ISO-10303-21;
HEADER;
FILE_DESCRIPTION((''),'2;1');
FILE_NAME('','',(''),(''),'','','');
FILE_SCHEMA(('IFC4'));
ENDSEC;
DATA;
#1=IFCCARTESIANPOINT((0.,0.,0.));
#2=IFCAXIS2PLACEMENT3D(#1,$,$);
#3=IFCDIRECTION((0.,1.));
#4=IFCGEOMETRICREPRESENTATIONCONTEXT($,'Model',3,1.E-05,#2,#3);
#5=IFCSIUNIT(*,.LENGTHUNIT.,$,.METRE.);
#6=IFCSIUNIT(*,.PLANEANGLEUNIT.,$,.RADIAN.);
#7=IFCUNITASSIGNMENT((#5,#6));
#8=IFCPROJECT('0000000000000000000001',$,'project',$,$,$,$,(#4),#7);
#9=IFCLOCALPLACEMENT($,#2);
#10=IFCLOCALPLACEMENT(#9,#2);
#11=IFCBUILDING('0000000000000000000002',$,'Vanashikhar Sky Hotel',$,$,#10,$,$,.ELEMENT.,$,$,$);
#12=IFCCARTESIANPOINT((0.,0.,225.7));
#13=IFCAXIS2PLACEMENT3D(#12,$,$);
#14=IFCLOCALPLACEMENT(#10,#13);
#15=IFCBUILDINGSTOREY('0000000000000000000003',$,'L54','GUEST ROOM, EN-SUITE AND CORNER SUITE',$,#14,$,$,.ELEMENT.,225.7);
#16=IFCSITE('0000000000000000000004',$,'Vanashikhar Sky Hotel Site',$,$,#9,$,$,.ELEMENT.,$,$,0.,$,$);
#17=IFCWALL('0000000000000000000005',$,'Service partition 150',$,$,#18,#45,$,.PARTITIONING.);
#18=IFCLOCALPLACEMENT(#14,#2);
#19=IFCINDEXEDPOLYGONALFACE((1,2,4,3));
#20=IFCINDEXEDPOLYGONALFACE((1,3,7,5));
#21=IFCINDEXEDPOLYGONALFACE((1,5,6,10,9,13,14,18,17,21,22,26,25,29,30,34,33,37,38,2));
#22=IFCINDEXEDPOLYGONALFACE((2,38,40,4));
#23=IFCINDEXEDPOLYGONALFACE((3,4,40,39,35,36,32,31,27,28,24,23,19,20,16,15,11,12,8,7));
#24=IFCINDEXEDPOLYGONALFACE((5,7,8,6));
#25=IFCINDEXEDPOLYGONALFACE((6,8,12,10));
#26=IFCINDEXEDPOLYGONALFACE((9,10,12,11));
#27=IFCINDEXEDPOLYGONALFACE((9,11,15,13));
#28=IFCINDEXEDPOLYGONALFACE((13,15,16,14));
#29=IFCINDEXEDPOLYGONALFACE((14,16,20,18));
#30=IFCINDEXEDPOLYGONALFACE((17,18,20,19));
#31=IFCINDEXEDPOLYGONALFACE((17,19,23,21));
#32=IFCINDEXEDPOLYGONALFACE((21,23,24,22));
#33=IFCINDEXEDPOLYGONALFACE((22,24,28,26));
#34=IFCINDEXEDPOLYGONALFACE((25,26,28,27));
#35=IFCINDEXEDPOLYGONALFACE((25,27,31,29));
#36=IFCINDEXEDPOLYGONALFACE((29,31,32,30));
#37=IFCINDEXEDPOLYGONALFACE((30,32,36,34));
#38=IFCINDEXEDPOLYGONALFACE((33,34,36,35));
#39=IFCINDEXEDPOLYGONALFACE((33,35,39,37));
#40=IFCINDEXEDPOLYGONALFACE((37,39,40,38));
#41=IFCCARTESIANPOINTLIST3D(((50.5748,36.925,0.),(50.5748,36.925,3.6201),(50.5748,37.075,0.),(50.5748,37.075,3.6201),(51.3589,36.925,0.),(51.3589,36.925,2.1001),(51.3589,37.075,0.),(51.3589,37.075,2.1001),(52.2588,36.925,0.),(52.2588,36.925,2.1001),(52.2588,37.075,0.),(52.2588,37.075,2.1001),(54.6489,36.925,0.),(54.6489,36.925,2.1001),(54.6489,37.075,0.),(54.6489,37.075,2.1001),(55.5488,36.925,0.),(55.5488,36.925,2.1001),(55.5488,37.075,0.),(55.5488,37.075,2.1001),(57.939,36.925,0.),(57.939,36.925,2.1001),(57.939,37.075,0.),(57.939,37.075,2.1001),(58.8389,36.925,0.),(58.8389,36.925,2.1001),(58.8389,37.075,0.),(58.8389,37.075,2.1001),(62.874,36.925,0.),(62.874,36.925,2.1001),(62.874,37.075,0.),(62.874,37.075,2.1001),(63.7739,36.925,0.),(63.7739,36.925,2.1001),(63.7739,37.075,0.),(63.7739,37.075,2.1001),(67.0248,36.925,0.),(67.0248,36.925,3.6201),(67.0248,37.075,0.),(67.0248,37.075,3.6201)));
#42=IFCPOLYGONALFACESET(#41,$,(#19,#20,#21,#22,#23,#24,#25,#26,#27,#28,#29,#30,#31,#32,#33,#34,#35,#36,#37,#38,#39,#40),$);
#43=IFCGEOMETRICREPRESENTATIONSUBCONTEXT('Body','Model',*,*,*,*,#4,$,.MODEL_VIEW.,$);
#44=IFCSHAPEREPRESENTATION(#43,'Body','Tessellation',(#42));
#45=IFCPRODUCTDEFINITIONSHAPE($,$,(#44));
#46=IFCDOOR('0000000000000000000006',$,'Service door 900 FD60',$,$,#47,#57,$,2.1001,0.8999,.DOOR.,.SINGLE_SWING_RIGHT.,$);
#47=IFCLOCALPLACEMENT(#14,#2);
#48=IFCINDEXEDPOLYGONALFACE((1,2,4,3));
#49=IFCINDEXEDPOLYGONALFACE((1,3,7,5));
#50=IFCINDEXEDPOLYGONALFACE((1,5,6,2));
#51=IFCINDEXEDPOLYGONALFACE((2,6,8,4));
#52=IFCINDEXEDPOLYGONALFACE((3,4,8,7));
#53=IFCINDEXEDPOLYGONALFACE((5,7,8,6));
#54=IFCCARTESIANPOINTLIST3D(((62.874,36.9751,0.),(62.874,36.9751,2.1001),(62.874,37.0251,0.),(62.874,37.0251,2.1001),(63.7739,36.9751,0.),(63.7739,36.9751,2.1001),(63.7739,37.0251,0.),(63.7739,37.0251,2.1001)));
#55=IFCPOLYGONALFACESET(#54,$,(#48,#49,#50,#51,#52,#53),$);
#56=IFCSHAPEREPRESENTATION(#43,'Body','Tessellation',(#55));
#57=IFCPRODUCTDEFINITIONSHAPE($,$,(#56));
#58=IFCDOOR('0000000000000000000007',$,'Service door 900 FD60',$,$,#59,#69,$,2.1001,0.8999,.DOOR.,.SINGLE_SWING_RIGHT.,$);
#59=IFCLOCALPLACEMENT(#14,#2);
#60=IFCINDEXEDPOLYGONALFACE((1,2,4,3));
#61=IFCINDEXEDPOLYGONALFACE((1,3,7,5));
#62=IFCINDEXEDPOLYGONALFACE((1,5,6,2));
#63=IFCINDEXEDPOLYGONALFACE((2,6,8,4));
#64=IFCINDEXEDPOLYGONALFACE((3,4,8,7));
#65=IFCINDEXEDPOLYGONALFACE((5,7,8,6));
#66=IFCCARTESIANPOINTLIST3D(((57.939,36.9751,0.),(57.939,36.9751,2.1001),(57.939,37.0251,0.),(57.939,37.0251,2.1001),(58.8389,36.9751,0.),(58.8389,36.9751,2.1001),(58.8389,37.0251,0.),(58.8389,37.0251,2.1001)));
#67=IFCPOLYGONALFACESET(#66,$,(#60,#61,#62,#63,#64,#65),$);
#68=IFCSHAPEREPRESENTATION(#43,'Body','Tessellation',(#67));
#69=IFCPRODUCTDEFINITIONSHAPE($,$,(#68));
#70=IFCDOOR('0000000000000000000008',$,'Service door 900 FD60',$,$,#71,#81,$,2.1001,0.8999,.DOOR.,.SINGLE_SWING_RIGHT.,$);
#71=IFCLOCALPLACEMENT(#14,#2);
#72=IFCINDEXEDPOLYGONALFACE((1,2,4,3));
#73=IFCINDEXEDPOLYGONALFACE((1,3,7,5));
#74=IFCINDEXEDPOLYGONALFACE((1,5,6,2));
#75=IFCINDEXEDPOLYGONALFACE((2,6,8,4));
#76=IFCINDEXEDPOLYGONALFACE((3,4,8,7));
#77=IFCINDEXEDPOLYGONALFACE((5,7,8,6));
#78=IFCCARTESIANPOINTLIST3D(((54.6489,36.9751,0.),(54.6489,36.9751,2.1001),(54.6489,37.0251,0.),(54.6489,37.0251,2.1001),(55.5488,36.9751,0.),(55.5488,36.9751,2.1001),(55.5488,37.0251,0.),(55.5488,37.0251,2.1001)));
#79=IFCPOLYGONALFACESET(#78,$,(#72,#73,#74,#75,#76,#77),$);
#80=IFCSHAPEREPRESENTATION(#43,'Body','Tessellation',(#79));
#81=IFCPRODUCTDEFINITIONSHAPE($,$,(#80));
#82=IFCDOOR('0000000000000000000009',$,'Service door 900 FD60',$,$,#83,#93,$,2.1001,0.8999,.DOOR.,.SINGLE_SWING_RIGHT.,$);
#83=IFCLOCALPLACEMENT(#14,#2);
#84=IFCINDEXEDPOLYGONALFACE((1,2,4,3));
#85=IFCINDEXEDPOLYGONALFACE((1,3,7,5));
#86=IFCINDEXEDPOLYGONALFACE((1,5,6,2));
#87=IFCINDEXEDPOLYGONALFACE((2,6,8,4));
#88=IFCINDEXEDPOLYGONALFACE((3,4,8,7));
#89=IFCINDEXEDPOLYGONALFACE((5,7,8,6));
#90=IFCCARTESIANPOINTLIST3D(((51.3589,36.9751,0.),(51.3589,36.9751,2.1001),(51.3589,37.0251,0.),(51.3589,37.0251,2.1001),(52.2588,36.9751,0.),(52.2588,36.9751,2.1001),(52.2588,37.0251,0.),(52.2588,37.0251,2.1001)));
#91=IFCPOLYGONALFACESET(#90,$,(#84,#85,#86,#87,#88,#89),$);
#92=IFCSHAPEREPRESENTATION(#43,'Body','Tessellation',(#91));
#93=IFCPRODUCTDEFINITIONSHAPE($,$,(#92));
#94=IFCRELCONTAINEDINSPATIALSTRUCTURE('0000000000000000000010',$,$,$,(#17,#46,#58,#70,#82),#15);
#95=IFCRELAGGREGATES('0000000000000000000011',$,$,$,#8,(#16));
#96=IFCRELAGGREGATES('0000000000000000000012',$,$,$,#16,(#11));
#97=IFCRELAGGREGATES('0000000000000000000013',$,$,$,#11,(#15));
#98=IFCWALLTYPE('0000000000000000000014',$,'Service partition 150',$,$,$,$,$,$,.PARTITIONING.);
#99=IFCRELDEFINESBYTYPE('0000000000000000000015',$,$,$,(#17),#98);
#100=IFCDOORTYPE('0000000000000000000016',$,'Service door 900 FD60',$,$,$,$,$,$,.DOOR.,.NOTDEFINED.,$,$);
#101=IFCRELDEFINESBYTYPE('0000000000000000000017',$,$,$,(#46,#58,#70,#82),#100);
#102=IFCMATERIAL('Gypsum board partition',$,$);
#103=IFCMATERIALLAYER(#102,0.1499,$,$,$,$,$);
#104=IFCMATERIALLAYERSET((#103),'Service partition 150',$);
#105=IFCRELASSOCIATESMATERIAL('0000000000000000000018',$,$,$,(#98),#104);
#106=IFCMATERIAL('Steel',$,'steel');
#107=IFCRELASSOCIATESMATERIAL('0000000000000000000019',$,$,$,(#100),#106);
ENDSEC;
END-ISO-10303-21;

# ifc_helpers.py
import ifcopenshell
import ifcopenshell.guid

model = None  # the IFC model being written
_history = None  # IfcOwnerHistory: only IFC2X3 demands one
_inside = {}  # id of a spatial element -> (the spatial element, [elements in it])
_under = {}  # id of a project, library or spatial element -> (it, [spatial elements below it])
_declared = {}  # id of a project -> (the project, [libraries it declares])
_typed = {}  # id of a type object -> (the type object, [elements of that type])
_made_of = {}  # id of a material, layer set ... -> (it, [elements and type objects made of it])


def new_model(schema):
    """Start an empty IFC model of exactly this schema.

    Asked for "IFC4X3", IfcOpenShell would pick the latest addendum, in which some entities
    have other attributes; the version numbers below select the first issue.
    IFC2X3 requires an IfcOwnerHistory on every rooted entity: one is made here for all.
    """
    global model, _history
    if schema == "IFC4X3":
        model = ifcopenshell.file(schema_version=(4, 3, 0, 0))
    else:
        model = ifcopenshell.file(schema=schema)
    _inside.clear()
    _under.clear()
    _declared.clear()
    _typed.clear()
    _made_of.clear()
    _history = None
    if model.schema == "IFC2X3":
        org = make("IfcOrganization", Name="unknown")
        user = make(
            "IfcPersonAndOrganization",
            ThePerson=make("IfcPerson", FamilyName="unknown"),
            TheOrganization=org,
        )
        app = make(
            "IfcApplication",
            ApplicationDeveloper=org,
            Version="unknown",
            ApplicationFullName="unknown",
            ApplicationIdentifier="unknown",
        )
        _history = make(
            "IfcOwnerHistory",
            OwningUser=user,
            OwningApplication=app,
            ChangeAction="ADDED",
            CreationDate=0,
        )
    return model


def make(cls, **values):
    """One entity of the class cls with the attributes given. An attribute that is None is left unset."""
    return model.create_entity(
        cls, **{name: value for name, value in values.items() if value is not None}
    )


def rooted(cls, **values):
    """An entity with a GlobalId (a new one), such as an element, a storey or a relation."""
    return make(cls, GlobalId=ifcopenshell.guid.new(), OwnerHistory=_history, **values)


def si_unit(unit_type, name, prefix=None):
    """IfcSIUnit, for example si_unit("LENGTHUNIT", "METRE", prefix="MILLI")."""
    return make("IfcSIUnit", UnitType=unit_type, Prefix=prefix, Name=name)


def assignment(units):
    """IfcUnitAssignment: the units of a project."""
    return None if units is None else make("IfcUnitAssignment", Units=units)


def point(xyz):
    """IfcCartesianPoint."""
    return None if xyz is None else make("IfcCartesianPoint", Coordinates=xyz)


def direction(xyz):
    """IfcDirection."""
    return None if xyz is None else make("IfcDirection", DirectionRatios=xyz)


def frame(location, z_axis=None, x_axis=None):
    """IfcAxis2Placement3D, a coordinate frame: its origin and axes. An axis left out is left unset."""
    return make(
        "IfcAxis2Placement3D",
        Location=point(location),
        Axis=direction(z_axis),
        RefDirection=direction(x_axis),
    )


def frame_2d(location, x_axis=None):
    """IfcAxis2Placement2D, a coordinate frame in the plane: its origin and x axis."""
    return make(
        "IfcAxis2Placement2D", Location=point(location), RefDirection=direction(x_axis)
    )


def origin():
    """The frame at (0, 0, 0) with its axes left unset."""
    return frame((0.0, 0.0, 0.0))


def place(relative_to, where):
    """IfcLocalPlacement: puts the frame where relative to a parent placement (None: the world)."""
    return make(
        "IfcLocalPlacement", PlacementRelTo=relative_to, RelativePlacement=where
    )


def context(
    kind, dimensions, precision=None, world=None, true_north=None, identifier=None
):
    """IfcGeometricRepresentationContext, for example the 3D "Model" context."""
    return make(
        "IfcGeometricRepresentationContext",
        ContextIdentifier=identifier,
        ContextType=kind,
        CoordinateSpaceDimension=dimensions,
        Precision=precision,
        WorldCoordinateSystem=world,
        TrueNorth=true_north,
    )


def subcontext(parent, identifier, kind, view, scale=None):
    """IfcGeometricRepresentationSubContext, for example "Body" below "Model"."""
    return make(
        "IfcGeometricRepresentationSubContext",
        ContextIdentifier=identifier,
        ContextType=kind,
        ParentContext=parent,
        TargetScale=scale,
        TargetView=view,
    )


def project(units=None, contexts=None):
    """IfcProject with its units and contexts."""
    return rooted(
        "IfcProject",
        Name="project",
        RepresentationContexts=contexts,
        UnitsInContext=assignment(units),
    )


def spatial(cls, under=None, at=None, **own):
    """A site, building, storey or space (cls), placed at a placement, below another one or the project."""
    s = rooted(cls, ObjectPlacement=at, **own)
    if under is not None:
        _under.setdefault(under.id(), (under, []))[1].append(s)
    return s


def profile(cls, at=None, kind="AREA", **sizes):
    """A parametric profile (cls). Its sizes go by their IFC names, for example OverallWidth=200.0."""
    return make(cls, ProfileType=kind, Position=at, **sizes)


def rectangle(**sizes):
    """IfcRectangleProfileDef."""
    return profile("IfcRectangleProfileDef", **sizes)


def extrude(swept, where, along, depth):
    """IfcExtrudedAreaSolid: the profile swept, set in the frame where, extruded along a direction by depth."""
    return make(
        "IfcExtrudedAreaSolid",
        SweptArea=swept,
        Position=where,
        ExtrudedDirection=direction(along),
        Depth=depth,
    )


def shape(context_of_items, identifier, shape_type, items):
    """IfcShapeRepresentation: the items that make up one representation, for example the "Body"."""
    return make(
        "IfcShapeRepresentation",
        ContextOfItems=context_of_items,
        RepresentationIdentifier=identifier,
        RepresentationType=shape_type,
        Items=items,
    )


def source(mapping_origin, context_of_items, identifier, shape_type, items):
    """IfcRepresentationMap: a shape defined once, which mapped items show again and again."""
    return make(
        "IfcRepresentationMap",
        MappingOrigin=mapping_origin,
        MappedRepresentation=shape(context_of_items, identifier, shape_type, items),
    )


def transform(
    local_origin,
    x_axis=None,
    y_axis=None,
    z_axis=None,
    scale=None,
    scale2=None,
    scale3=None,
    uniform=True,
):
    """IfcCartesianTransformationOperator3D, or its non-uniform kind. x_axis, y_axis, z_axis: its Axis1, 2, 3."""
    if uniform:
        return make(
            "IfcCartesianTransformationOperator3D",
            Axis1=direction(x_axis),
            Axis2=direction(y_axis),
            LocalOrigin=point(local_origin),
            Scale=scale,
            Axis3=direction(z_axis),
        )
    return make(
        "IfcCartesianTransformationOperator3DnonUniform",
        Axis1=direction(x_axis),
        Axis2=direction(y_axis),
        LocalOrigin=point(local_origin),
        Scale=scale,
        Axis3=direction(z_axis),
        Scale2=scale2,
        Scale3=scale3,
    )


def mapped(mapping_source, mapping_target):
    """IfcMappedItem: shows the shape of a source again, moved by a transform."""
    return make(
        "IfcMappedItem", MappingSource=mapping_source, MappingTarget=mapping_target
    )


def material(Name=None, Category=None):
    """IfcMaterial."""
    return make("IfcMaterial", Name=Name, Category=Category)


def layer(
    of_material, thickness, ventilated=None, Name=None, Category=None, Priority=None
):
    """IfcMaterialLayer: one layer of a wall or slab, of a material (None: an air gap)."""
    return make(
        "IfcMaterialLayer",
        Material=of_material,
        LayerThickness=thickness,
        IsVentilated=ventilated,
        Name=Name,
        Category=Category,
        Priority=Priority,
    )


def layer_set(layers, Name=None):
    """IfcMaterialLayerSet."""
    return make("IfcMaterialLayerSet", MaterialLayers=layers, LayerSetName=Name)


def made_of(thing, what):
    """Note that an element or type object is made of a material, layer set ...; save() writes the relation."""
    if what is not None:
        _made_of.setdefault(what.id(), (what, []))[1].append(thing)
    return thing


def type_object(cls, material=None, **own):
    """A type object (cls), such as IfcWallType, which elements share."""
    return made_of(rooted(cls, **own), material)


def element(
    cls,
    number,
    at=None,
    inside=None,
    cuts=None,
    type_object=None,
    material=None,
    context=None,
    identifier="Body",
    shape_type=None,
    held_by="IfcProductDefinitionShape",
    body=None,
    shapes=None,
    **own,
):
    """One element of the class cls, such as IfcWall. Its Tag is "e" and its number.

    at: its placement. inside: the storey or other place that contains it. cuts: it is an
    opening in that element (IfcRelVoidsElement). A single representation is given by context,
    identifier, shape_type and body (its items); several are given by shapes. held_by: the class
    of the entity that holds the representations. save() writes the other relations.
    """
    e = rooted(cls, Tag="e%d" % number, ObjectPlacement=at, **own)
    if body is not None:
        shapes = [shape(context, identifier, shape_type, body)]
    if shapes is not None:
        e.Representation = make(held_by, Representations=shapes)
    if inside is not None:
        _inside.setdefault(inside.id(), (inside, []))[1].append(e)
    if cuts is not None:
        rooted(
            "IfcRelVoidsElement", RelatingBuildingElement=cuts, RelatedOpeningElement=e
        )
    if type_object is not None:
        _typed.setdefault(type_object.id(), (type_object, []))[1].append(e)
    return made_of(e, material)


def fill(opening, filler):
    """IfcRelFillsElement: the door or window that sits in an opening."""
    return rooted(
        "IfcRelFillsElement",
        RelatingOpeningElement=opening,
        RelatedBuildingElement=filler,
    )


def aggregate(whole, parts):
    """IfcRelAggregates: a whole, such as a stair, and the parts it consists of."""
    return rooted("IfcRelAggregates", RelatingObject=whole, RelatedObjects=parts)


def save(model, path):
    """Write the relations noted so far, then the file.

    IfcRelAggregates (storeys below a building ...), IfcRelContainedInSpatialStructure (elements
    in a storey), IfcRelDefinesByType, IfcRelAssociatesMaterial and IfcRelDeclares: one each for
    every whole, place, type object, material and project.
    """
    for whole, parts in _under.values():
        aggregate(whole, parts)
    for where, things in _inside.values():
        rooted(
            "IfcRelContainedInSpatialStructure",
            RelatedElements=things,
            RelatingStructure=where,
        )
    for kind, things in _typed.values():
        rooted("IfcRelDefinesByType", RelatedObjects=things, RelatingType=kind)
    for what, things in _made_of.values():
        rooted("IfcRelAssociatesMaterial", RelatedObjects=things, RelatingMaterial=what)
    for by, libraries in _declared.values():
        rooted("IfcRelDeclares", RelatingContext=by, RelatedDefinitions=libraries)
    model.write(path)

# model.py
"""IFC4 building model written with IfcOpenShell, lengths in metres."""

from ifc_helpers import new_model, si_unit, direction, frame, frame_2d, origin, place, context, subcontext, project, spatial, rectangle, extrude, source, transform, mapped, material, layer, layer_set, type_object, element, fill, save


model = new_model("IFC4")

# Units and contexts
model_context = context("Model", 3, precision=1e-05, world=origin(), true_north=direction((0.0, 1.0)))
body_context = subcontext(model_context, "Body", "Model", "MODEL_VIEW")
ifc_project = project(units=[si_unit("LENGTHUNIT", "METRE"), si_unit("PLANEANGLEUNIT", "RADIAN")], contexts=[model_context])

# Site, building, storey
site_placement = place(None, origin())
site = spatial("IfcSite", under=ifc_project, at=site_placement, Name="Vanashikhar Sky Hotel Site", CompositionType="ELEMENT", RefElevation=0.0)
building_placement = place(site_placement, origin())
building = spatial("IfcBuilding", under=site, at=building_placement, Name="Vanashikhar Sky Hotel", CompositionType="ELEMENT")
storey_placement = place(building_placement, frame((0.0, 0.0, 225.7)))
storey = spatial("IfcBuildingStorey", under=building, at=storey_placement, Name="L54", Description="GUEST ROOM, EN-SUITE AND CORNER SUITE", CompositionType="ELEMENT", Elevation=225.7)

# Shared definitions
ifc_material_1 = material(Name="Gypsum board partition")
ifc_layer_1 = layer(ifc_material_1, 0.1499)
ifc_layer_set_1 = layer_set([ifc_layer_1], Name="Service partition 150")
wall_type_1 = type_object("IfcWallType", Name="Service partition 150", PredefinedType="PARTITIONING", material=ifc_layer_set_1)

# Shared definitions
shared_shape_1 = source(origin(), body_context, "Body", "SweptSolid", [
    extrude(rectangle(XDim=0.8999, YDim=2.1001, at=frame_2d((0.45, 1.05))), frame((0.0, 0.085, 0.0), z_axis=(0.0, -1.0, 0.0), x_axis=(1.0, 0.0, 0.0)), (0.0, 0.0, 1.0), 0.1699),
])
ifc_material_2 = material(Name="Steel", Category="steel")
door_type_1 = type_object("IfcDoorType", Name="Service door 900 FD60", OperationType="NOTDEFINED", PredefinedType="DOOR", material=ifc_material_2)
shared_shape_2 = source(origin(), body_context, "Body", "SweptSolid", [
    extrude(rectangle(XDim=0.8999, YDim=2.1001, at=frame_2d((0.45, 1.05))), frame((0.0, 0.0249, 0.0), z_axis=(0.0, -1.0, 0.0), x_axis=(1.0, 0.0, 0.0)), (0.0, 0.0, 1.0), 0.05),
])

# Wall, openings, doors
shared_shape_3 = source(origin(), body_context, "Body", "SweptSolid", [
    extrude(rectangle(XDim=16.45, YDim=0.1499, at=frame_2d((8.2251, 0.0))), origin(), (0.0, 0.0, 1.0), 3.6201),
])
wall_1_placement = place(storey_placement, frame((67.0249, 37.0, 0.0), z_axis=(0.0, 0.0, 1.0), x_axis=(-1.0, 0.0, 0.0)))
wall_1 = element("IfcWall", 1, at=wall_1_placement, inside=storey, type_object=wall_type_1, Name="Service partition 150", PredefinedType="PARTITIONING", context=body_context, shape_type="MappedRepresentation", body=[
    mapped(shared_shape_3, transform((0.0, 0.0, 0.0), scale=1.0)),
])
opening_1_placement = place(wall_1_placement, frame((3.251, 0.0, 0.0)))
opening_1 = element("IfcOpeningElement", 2, at=opening_1_placement, cuts=wall_1, PredefinedType="OPENING", context=body_context, shape_type="MappedRepresentation", body=[
    mapped(shared_shape_1, transform((0.0, 0.0, 0.0), scale=1.0)),
])
opening_2_placement = place(wall_1_placement, frame((8.186, 0.0, 0.0)))
opening_2 = element("IfcOpeningElement", 3, at=opening_2_placement, cuts=wall_1, PredefinedType="OPENING", context=body_context, shape_type="MappedRepresentation", body=[
    mapped(shared_shape_1, transform((0.0, 0.0, 0.0), scale=1.0)),
])
opening_3_placement = place(wall_1_placement, frame((11.4761, 0.0, 0.0)))
opening_3 = element("IfcOpeningElement", 4, at=opening_3_placement, cuts=wall_1, PredefinedType="OPENING", context=body_context, shape_type="MappedRepresentation", body=[
    mapped(shared_shape_1, transform((0.0, 0.0, 0.0), scale=1.0)),
])
opening_4_placement = place(wall_1_placement, frame((14.7661, 0.0, 0.0)))
opening_4 = element("IfcOpeningElement", 5, at=opening_4_placement, cuts=wall_1, PredefinedType="OPENING", context=body_context, shape_type="MappedRepresentation", body=[
    mapped(shared_shape_1, transform((0.0, 0.0, 0.0), scale=1.0)),
])
door_1_placement = place(opening_1_placement, origin())
door_1 = element("IfcDoor", 6, at=door_1_placement, inside=storey, type_object=door_type_1, Name="Service door 900 FD60", OperationType="SINGLE_SWING_RIGHT", OverallHeight=2.1001, OverallWidth=0.8999, PredefinedType="DOOR", context=body_context, shape_type="MappedRepresentation", body=[
    mapped(shared_shape_2, transform((0.0, 0.0, 0.0), scale=1.0)),
])
fill(opening_1, door_1)
door_2_placement = place(opening_2_placement, origin())
door_2 = element("IfcDoor", 7, at=door_2_placement, inside=storey, type_object=door_type_1, Name="Service door 900 FD60", OperationType="SINGLE_SWING_RIGHT", OverallHeight=2.1001, OverallWidth=0.8999, PredefinedType="DOOR", context=body_context, shape_type="MappedRepresentation", body=[
    mapped(shared_shape_2, transform((0.0, 0.0, 0.0), scale=1.0)),
])
fill(opening_2, door_2)
door_3_placement = place(opening_3_placement, origin())
door_3 = element("IfcDoor", 8, at=door_3_placement, inside=storey, type_object=door_type_1, Name="Service door 900 FD60", OperationType="SINGLE_SWING_RIGHT", OverallHeight=2.1001, OverallWidth=0.8999, PredefinedType="DOOR", context=body_context, shape_type="MappedRepresentation", body=[
    mapped(shared_shape_2, transform((0.0, 0.0, 0.0), scale=1.0)),
])
fill(opening_3, door_3)
door_4_placement = place(opening_4_placement, origin())
door_4 = element("IfcDoor", 9, at=door_4_placement, inside=storey, type_object=door_type_1, Name="Service door 900 FD60", OperationType="SINGLE_SWING_RIGHT", OverallHeight=2.1001, OverallWidth=0.8999, PredefinedType="DOOR", context=body_context, shape_type="MappedRepresentation", body=[
    mapped(shared_shape_2, transform((0.0, 0.0, 0.0), scale=1.0)),
])
fill(opening_4, door_4)

save(model, "model.ifc")
